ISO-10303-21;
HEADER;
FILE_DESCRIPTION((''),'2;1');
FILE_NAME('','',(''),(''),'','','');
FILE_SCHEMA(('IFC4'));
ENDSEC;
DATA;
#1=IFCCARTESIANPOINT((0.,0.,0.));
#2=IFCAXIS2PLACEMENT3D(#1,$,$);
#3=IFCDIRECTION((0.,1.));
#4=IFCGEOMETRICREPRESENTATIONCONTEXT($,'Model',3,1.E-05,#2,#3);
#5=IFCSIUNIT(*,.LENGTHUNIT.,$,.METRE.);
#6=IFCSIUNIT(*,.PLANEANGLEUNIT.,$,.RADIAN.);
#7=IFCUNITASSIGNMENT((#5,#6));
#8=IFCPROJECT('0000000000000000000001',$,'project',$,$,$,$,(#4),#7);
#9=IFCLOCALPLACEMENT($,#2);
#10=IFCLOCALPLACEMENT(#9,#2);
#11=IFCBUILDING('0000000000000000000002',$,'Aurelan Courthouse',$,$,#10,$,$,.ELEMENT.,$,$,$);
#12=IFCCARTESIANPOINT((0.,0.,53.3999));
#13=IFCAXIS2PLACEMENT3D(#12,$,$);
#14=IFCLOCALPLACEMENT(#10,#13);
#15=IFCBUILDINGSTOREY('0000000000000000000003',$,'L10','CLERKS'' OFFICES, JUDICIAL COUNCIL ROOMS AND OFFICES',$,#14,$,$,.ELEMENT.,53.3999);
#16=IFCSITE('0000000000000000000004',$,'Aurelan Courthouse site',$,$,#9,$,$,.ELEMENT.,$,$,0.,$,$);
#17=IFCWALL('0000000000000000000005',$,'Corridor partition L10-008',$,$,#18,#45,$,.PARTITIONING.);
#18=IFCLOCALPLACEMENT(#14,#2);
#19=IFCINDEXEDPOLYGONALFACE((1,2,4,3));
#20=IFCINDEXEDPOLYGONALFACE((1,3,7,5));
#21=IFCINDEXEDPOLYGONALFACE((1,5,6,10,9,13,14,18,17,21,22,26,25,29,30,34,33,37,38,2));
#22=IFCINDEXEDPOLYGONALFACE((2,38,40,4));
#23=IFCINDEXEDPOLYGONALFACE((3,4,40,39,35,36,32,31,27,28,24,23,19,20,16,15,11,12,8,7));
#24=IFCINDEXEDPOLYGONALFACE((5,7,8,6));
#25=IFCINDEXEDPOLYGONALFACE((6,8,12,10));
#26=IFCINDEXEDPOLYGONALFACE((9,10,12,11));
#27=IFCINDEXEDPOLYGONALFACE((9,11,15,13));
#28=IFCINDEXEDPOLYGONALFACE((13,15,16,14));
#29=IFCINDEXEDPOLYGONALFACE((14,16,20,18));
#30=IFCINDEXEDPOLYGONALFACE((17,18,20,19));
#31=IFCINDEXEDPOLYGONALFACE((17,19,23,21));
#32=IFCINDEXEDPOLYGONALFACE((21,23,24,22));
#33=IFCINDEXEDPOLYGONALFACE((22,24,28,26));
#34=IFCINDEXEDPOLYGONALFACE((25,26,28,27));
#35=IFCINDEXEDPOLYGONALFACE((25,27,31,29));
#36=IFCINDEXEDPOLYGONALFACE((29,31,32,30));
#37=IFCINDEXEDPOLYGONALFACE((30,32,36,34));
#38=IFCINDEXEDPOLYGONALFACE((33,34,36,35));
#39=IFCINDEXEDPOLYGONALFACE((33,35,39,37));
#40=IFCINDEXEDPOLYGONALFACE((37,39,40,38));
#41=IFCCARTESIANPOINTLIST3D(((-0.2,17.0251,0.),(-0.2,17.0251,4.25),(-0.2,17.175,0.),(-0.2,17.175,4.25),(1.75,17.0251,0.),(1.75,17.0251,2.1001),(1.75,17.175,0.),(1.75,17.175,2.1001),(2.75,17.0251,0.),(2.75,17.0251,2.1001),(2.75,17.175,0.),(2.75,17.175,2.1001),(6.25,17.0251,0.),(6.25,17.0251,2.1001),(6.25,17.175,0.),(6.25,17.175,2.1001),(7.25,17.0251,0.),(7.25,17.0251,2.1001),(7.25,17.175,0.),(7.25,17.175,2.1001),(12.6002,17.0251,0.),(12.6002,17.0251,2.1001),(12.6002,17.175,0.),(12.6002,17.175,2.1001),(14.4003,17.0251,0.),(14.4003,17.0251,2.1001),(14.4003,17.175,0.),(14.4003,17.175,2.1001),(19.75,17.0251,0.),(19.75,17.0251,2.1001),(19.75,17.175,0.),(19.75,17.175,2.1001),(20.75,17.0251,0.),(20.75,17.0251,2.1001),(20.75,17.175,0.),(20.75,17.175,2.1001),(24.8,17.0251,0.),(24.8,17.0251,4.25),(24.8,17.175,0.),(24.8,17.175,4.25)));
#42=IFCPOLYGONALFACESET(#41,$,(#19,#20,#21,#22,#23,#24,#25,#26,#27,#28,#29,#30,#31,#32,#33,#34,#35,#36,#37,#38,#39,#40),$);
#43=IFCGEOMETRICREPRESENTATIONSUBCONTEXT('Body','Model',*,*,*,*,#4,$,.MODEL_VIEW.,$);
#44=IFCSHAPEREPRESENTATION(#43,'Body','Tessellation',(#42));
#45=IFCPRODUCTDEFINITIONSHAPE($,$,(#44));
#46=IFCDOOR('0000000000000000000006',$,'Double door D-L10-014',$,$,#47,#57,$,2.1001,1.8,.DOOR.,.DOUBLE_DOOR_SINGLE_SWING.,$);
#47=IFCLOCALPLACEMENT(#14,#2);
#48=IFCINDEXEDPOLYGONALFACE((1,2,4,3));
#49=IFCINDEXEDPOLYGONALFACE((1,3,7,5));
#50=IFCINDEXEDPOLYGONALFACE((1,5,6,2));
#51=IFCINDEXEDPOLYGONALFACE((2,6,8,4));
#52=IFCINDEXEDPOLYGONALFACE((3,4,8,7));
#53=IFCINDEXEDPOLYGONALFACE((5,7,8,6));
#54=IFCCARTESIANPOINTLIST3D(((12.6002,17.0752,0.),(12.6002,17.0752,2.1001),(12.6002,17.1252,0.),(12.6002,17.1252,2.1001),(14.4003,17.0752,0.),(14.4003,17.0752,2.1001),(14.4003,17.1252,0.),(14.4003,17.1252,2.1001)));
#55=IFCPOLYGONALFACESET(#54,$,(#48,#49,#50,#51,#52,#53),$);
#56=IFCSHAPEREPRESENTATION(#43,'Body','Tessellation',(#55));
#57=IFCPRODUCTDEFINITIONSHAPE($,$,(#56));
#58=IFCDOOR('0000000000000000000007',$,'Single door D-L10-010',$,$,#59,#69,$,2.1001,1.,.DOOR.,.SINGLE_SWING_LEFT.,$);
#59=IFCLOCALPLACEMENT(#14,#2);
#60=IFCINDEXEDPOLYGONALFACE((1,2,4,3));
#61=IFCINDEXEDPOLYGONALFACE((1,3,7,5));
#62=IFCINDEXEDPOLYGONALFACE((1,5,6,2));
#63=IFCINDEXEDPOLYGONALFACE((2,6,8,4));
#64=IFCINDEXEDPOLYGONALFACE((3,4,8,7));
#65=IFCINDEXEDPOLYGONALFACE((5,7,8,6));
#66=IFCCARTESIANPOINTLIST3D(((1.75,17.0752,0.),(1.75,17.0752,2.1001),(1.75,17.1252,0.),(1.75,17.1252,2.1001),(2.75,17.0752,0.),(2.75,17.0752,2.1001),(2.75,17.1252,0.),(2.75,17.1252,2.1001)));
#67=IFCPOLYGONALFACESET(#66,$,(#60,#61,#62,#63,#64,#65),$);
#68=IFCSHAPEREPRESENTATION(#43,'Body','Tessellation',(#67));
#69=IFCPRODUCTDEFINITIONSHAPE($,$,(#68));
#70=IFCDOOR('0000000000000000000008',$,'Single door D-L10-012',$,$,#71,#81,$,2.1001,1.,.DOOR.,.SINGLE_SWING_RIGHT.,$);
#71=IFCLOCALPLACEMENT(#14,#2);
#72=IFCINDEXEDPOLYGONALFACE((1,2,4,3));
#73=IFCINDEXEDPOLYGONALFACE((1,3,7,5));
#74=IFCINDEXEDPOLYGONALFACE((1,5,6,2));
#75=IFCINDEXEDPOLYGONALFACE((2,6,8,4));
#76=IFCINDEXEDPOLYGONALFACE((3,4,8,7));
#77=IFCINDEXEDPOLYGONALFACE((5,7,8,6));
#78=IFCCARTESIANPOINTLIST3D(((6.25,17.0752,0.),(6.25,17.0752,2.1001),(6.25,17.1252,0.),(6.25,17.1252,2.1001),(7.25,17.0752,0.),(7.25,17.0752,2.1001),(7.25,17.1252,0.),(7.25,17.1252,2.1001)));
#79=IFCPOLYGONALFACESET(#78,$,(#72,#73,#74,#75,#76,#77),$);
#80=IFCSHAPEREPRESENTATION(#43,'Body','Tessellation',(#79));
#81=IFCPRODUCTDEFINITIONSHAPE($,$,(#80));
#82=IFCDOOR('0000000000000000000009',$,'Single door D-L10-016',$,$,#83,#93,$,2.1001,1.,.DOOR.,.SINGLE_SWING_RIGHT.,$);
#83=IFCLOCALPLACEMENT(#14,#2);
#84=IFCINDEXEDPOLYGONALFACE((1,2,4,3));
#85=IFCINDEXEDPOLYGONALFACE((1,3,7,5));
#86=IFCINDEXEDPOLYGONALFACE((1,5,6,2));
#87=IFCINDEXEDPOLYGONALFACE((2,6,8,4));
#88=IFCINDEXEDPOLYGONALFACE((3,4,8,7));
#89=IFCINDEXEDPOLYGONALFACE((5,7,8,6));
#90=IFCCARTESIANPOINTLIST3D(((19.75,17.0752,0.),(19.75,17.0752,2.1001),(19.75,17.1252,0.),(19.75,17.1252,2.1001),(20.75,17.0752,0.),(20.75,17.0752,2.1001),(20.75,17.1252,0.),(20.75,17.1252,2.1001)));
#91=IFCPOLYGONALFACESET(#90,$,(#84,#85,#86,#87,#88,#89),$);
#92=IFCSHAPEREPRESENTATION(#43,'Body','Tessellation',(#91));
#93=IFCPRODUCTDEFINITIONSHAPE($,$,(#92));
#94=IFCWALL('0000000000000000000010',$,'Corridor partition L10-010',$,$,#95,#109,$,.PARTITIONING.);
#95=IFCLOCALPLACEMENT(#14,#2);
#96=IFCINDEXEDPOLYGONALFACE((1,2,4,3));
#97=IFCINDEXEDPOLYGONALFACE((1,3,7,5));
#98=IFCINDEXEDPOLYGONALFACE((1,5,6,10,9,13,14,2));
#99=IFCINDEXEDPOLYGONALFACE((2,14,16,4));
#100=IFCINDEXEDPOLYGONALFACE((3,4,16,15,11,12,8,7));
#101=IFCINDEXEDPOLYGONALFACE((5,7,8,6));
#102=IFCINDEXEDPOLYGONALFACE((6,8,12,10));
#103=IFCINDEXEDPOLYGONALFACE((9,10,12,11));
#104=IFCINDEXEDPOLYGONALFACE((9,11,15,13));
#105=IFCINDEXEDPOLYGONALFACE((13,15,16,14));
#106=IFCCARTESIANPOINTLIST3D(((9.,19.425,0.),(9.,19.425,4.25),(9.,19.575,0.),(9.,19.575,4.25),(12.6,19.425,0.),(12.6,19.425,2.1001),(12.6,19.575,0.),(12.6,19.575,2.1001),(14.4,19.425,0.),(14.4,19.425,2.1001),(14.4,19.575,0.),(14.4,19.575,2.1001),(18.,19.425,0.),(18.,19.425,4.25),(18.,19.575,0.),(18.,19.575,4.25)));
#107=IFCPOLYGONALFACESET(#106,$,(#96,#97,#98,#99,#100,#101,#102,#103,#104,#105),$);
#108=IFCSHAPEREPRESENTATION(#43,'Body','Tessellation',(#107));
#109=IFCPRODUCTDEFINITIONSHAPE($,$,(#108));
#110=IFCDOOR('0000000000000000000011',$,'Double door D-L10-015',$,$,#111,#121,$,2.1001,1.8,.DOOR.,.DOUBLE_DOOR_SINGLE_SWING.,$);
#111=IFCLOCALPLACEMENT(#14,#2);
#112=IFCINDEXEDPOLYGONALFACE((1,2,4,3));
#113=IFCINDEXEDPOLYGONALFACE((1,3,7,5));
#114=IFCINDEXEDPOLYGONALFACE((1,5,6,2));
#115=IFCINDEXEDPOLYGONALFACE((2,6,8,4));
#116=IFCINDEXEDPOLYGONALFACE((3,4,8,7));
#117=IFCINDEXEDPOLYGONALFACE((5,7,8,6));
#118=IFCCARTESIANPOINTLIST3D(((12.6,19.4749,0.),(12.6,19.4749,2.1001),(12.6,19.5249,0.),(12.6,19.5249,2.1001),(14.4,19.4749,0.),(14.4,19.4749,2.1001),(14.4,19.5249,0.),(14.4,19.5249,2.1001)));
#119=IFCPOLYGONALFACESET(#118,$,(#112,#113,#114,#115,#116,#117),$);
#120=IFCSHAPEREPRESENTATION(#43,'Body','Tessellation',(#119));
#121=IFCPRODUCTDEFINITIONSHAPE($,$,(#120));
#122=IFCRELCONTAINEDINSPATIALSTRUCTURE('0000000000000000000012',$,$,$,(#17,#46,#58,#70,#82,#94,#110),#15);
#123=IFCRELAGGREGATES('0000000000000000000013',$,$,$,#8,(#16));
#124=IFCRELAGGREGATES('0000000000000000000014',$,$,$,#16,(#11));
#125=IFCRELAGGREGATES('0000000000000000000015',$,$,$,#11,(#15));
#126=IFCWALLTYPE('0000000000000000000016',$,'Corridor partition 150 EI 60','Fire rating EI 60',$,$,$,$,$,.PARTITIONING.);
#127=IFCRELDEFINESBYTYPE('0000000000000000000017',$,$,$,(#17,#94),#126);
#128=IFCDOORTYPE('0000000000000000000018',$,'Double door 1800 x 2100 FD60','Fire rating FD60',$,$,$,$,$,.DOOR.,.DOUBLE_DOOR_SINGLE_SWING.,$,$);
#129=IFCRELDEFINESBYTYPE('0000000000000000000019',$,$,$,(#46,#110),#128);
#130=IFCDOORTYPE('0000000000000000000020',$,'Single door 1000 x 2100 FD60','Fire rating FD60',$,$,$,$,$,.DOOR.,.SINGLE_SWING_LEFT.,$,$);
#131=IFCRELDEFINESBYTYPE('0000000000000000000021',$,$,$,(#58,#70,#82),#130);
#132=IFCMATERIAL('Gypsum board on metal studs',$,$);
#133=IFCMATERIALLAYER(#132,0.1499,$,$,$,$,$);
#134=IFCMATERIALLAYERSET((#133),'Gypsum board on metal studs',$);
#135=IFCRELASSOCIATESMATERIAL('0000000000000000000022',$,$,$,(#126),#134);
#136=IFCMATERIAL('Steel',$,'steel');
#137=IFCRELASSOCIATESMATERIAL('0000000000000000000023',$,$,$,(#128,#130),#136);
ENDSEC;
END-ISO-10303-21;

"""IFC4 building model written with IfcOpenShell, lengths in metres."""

from ifc_helpers import new_model, si_unit, direction, frame, frame_2d, origin, place, context, subcontext, project, spatial, rectangle, extrude, material, layer, layer_set, type_object, element, fill, save


model = new_model("IFC4")

# Units and contexts
model_context = context("Model", 3, precision=1e-05, world=origin(), true_north=direction((0.0, 1.0)))
body_context = subcontext(model_context, "Body", "Model", "MODEL_VIEW")
ifc_project = project(units=[si_unit("LENGTHUNIT", "METRE"), si_unit("PLANEANGLEUNIT", "RADIAN")], contexts=[model_context])

# Site, building, storey
site_placement = place(None, origin())
site = spatial("IfcSite", under=ifc_project, at=site_placement, Name="Aurelan Courthouse site", CompositionType="ELEMENT", RefElevation=0.0)
building_placement = place(site_placement, origin())
building = spatial("IfcBuilding", under=site, at=building_placement, Name="Aurelan Courthouse", CompositionType="ELEMENT")
storey_placement = place(building_placement, frame((0.0, 0.0, 53.3999)))
storey = spatial("IfcBuildingStorey", under=building, at=storey_placement, Name="L10", Description="CLERKS' OFFICES, JUDICIAL COUNCIL ROOMS AND OFFICES", CompositionType="ELEMENT", Elevation=53.3999)

# Wall, openings, doors
ifc_material_1 = material(Name="Gypsum board on metal studs")
ifc_layer_1 = layer(ifc_material_1, 0.1499)
ifc_layer_set_1 = layer_set([ifc_layer_1], Name="Gypsum board on metal studs")
wall_type_1 = type_object("IfcWallType", Name="Corridor partition 150 EI 60", Description="Fire rating EI 60", PredefinedType="PARTITIONING", material=ifc_layer_set_1)
wall_1_placement = place(storey_placement, frame((-0.2, 17.1001, 0.0), z_axis=(0.0, 0.0, 1.0), x_axis=(1.0, 0.0, 0.0)))
wall_1 = element("IfcWall", 1, at=wall_1_placement, inside=storey, type_object=wall_type_1, Name="Corridor partition L10-008", PredefinedType="PARTITIONING", context=body_context, shape_type="SweptSolid", body=[
    extrude(rectangle(XDim=25.0, YDim=0.1499, at=frame_2d((12.5, 0.0))), origin(), (0.0, 0.0, 1.0), 4.25),
])
opening_1_placement = place(wall_1_placement, frame((2.95, 0.0, 0.0), z_axis=(0.0, 0.0, 1.0), x_axis=(-1.0, 0.0, 0.0)))
opening_1 = element("IfcOpeningElement", 2, at=opening_1_placement, cuts=wall_1, PredefinedType="OPENING", context=body_context, shape_type="SweptSolid", body=[
    extrude(rectangle(XDim=1.0, YDim=2.1001, at=frame_2d((0.5, 1.05))), frame((0.0, 0.085, 0.0), z_axis=(0.0, -1.0, 0.0), x_axis=(1.0, 0.0, 0.0)), (0.0, 0.0, 1.0), 0.1699),
])
opening_2_placement = place(wall_1_placement, frame((7.45, 0.0, 0.0), z_axis=(0.0, 0.0, 1.0), x_axis=(-1.0, 0.0, 0.0)))
opening_2 = element("IfcOpeningElement", 3, at=opening_2_placement, cuts=wall_1, PredefinedType="OPENING", context=body_context, shape_type="SweptSolid", body=[
    extrude(rectangle(XDim=1.0, YDim=2.1001, at=frame_2d((0.5, 1.05))), frame((0.0, 0.085, 0.0), z_axis=(0.0, -1.0, 0.0), x_axis=(1.0, 0.0, 0.0)), (0.0, 0.0, 1.0), 0.1699),
])
opening_3_placement = place(wall_1_placement, frame((14.6001, 0.0, 0.0), z_axis=(0.0, 0.0, 1.0), x_axis=(-1.0, 0.0, 0.0)))
opening_3 = element("IfcOpeningElement", 4, at=opening_3_placement, cuts=wall_1, PredefinedType="OPENING", context=body_context, shape_type="SweptSolid", body=[
    extrude(rectangle(XDim=1.8, YDim=2.1001, at=frame_2d((0.8999, 1.05))), frame((0.0, 0.085, 0.0), z_axis=(0.0, -1.0, 0.0), x_axis=(1.0, 0.0, 0.0)), (0.0, 0.0, 1.0), 0.1699),
])
opening_4_placement = place(wall_1_placement, frame((20.95, 0.0, 0.0), z_axis=(0.0, 0.0, 1.0), x_axis=(-1.0, 0.0, 0.0)))
opening_4 = element("IfcOpeningElement", 5, at=opening_4_placement, cuts=wall_1, PredefinedType="OPENING", context=body_context, shape_type="SweptSolid", body=[
    extrude(rectangle(XDim=1.0, YDim=2.1001, at=frame_2d((0.5, 1.05))), frame((0.0, 0.085, 0.0), z_axis=(0.0, -1.0, 0.0), x_axis=(1.0, 0.0, 0.0)), (0.0, 0.0, 1.0), 0.1699),
])
ifc_material_2 = material(Name="Steel", Category="steel")
door_type_1 = type_object("IfcDoorType", Name="Double door 1800 x 2100 FD60", Description="Fire rating FD60", OperationType="DOUBLE_DOOR_SINGLE_SWING", PredefinedType="DOOR", material=ifc_material_2)
door_1_placement = place(opening_3_placement, origin())
door_1 = element("IfcDoor", 6, at=door_1_placement, inside=storey, type_object=door_type_1, Name="Double door D-L10-014", OperationType="DOUBLE_DOOR_SINGLE_SWING", OverallHeight=2.1001, OverallWidth=1.8, PredefinedType="DOOR", context=body_context, shape_type="SweptSolid", body=[
    extrude(rectangle(XDim=1.8, YDim=2.1001, at=frame_2d((0.8999, 1.05))), frame((0.0, 0.0249, 0.0), z_axis=(0.0, -1.0, 0.0), x_axis=(1.0, 0.0, 0.0)), (0.0, 0.0, 1.0), 0.05),
])
fill(opening_3, door_1)
door_type_2 = type_object("IfcDoorType", Name="Single door 1000 x 2100 FD60", Description="Fire rating FD60", OperationType="SINGLE_SWING_LEFT", PredefinedType="DOOR", material=ifc_material_2)
door_2_placement = place(opening_1_placement, origin())
door_2 = element("IfcDoor", 7, at=door_2_placement, inside=storey, type_object=door_type_2, Name="Single door D-L10-010", OperationType="SINGLE_SWING_LEFT", OverallHeight=2.1001, OverallWidth=1.0, PredefinedType="DOOR", context=body_context, shape_type="SweptSolid", body=[
    extrude(rectangle(XDim=1.0, YDim=2.1001, at=frame_2d((0.5, 1.05))), frame((0.0, 0.0249, 0.0), z_axis=(0.0, -1.0, 0.0), x_axis=(1.0, 0.0, 0.0)), (0.0, 0.0, 1.0), 0.05),
])
fill(opening_1, door_2)
door_3_placement = place(opening_2_placement, origin())
door_3 = element("IfcDoor", 8, at=door_3_placement, inside=storey, type_object=door_type_2, Name="Single door D-L10-012", OperationType="SINGLE_SWING_RIGHT", OverallHeight=2.1001, OverallWidth=1.0, PredefinedType="DOOR", context=body_context, shape_type="SweptSolid", body=[
    extrude(rectangle(XDim=1.0, YDim=2.1001, at=frame_2d((0.5, 1.05))), frame((0.0, 0.0249, 0.0), z_axis=(0.0, -1.0, 0.0), x_axis=(1.0, 0.0, 0.0)), (0.0, 0.0, 1.0), 0.05),
])
fill(opening_2, door_3)
door_4_placement = place(opening_4_placement, origin())
door_4 = element("IfcDoor", 9, at=door_4_placement, inside=storey, type_object=door_type_2, Name="Single door D-L10-016", OperationType="SINGLE_SWING_RIGHT", OverallHeight=2.1001, OverallWidth=1.0, PredefinedType="DOOR", context=body_context, shape_type="SweptSolid", body=[
    extrude(rectangle(XDim=1.0, YDim=2.1001, at=frame_2d((0.5, 1.05))), frame((0.0, 0.0249, 0.0), z_axis=(0.0, -1.0, 0.0), x_axis=(1.0, 0.0, 0.0)), (0.0, 0.0, 1.0), 0.05),
])
fill(opening_4, door_4)

# Wall, opening, door
wall_2_placement = place(storey_placement, frame((9.0, 19.5, 0.0), z_axis=(0.0, 0.0, 1.0), x_axis=(1.0, 0.0, 0.0)))
wall_2 = element("IfcWall", 10, at=wall_2_placement, inside=storey, type_object=wall_type_1, Name="Corridor partition L10-010", PredefinedType="PARTITIONING", context=body_context, shape_type="SweptSolid", body=[
    extrude(rectangle(XDim=9.0, YDim=0.1499, at=frame_2d((4.5, 0.0))), origin(), (0.0, 0.0, 1.0), 4.25),
])
opening_5_placement = place(wall_2_placement, frame((3.6001, 0.0, 0.0)))
opening_5 = element("IfcOpeningElement", 11, at=opening_5_placement, cuts=wall_2, PredefinedType="OPENING", context=body_context, shape_type="SweptSolid", body=[
    extrude(rectangle(XDim=1.8, YDim=2.1001, at=frame_2d((0.8999, 1.05))), frame((0.0, 0.085, 0.0), z_axis=(0.0, -1.0, 0.0), x_axis=(1.0, 0.0, 0.0)), (0.0, 0.0, 1.0), 0.1699),
])
door_5_placement = place(opening_5_placement, origin())
door_5 = element("IfcDoor", 12, at=door_5_placement, inside=storey, type_object=door_type_1, Name="Double door D-L10-015", OperationType="DOUBLE_DOOR_SINGLE_SWING", OverallHeight=2.1001, OverallWidth=1.8, PredefinedType="DOOR", context=body_context, shape_type="SweptSolid", body=[
    extrude(rectangle(XDim=1.8, YDim=2.1001, at=frame_2d((0.8999, 1.05))), frame((0.0, 0.0249, 0.0), z_axis=(0.0, -1.0, 0.0), x_axis=(1.0, 0.0, 0.0)), (0.0, 0.0, 1.0), 0.05),
])
fill(opening_5, door_5)

save(model, "model.ifc")
